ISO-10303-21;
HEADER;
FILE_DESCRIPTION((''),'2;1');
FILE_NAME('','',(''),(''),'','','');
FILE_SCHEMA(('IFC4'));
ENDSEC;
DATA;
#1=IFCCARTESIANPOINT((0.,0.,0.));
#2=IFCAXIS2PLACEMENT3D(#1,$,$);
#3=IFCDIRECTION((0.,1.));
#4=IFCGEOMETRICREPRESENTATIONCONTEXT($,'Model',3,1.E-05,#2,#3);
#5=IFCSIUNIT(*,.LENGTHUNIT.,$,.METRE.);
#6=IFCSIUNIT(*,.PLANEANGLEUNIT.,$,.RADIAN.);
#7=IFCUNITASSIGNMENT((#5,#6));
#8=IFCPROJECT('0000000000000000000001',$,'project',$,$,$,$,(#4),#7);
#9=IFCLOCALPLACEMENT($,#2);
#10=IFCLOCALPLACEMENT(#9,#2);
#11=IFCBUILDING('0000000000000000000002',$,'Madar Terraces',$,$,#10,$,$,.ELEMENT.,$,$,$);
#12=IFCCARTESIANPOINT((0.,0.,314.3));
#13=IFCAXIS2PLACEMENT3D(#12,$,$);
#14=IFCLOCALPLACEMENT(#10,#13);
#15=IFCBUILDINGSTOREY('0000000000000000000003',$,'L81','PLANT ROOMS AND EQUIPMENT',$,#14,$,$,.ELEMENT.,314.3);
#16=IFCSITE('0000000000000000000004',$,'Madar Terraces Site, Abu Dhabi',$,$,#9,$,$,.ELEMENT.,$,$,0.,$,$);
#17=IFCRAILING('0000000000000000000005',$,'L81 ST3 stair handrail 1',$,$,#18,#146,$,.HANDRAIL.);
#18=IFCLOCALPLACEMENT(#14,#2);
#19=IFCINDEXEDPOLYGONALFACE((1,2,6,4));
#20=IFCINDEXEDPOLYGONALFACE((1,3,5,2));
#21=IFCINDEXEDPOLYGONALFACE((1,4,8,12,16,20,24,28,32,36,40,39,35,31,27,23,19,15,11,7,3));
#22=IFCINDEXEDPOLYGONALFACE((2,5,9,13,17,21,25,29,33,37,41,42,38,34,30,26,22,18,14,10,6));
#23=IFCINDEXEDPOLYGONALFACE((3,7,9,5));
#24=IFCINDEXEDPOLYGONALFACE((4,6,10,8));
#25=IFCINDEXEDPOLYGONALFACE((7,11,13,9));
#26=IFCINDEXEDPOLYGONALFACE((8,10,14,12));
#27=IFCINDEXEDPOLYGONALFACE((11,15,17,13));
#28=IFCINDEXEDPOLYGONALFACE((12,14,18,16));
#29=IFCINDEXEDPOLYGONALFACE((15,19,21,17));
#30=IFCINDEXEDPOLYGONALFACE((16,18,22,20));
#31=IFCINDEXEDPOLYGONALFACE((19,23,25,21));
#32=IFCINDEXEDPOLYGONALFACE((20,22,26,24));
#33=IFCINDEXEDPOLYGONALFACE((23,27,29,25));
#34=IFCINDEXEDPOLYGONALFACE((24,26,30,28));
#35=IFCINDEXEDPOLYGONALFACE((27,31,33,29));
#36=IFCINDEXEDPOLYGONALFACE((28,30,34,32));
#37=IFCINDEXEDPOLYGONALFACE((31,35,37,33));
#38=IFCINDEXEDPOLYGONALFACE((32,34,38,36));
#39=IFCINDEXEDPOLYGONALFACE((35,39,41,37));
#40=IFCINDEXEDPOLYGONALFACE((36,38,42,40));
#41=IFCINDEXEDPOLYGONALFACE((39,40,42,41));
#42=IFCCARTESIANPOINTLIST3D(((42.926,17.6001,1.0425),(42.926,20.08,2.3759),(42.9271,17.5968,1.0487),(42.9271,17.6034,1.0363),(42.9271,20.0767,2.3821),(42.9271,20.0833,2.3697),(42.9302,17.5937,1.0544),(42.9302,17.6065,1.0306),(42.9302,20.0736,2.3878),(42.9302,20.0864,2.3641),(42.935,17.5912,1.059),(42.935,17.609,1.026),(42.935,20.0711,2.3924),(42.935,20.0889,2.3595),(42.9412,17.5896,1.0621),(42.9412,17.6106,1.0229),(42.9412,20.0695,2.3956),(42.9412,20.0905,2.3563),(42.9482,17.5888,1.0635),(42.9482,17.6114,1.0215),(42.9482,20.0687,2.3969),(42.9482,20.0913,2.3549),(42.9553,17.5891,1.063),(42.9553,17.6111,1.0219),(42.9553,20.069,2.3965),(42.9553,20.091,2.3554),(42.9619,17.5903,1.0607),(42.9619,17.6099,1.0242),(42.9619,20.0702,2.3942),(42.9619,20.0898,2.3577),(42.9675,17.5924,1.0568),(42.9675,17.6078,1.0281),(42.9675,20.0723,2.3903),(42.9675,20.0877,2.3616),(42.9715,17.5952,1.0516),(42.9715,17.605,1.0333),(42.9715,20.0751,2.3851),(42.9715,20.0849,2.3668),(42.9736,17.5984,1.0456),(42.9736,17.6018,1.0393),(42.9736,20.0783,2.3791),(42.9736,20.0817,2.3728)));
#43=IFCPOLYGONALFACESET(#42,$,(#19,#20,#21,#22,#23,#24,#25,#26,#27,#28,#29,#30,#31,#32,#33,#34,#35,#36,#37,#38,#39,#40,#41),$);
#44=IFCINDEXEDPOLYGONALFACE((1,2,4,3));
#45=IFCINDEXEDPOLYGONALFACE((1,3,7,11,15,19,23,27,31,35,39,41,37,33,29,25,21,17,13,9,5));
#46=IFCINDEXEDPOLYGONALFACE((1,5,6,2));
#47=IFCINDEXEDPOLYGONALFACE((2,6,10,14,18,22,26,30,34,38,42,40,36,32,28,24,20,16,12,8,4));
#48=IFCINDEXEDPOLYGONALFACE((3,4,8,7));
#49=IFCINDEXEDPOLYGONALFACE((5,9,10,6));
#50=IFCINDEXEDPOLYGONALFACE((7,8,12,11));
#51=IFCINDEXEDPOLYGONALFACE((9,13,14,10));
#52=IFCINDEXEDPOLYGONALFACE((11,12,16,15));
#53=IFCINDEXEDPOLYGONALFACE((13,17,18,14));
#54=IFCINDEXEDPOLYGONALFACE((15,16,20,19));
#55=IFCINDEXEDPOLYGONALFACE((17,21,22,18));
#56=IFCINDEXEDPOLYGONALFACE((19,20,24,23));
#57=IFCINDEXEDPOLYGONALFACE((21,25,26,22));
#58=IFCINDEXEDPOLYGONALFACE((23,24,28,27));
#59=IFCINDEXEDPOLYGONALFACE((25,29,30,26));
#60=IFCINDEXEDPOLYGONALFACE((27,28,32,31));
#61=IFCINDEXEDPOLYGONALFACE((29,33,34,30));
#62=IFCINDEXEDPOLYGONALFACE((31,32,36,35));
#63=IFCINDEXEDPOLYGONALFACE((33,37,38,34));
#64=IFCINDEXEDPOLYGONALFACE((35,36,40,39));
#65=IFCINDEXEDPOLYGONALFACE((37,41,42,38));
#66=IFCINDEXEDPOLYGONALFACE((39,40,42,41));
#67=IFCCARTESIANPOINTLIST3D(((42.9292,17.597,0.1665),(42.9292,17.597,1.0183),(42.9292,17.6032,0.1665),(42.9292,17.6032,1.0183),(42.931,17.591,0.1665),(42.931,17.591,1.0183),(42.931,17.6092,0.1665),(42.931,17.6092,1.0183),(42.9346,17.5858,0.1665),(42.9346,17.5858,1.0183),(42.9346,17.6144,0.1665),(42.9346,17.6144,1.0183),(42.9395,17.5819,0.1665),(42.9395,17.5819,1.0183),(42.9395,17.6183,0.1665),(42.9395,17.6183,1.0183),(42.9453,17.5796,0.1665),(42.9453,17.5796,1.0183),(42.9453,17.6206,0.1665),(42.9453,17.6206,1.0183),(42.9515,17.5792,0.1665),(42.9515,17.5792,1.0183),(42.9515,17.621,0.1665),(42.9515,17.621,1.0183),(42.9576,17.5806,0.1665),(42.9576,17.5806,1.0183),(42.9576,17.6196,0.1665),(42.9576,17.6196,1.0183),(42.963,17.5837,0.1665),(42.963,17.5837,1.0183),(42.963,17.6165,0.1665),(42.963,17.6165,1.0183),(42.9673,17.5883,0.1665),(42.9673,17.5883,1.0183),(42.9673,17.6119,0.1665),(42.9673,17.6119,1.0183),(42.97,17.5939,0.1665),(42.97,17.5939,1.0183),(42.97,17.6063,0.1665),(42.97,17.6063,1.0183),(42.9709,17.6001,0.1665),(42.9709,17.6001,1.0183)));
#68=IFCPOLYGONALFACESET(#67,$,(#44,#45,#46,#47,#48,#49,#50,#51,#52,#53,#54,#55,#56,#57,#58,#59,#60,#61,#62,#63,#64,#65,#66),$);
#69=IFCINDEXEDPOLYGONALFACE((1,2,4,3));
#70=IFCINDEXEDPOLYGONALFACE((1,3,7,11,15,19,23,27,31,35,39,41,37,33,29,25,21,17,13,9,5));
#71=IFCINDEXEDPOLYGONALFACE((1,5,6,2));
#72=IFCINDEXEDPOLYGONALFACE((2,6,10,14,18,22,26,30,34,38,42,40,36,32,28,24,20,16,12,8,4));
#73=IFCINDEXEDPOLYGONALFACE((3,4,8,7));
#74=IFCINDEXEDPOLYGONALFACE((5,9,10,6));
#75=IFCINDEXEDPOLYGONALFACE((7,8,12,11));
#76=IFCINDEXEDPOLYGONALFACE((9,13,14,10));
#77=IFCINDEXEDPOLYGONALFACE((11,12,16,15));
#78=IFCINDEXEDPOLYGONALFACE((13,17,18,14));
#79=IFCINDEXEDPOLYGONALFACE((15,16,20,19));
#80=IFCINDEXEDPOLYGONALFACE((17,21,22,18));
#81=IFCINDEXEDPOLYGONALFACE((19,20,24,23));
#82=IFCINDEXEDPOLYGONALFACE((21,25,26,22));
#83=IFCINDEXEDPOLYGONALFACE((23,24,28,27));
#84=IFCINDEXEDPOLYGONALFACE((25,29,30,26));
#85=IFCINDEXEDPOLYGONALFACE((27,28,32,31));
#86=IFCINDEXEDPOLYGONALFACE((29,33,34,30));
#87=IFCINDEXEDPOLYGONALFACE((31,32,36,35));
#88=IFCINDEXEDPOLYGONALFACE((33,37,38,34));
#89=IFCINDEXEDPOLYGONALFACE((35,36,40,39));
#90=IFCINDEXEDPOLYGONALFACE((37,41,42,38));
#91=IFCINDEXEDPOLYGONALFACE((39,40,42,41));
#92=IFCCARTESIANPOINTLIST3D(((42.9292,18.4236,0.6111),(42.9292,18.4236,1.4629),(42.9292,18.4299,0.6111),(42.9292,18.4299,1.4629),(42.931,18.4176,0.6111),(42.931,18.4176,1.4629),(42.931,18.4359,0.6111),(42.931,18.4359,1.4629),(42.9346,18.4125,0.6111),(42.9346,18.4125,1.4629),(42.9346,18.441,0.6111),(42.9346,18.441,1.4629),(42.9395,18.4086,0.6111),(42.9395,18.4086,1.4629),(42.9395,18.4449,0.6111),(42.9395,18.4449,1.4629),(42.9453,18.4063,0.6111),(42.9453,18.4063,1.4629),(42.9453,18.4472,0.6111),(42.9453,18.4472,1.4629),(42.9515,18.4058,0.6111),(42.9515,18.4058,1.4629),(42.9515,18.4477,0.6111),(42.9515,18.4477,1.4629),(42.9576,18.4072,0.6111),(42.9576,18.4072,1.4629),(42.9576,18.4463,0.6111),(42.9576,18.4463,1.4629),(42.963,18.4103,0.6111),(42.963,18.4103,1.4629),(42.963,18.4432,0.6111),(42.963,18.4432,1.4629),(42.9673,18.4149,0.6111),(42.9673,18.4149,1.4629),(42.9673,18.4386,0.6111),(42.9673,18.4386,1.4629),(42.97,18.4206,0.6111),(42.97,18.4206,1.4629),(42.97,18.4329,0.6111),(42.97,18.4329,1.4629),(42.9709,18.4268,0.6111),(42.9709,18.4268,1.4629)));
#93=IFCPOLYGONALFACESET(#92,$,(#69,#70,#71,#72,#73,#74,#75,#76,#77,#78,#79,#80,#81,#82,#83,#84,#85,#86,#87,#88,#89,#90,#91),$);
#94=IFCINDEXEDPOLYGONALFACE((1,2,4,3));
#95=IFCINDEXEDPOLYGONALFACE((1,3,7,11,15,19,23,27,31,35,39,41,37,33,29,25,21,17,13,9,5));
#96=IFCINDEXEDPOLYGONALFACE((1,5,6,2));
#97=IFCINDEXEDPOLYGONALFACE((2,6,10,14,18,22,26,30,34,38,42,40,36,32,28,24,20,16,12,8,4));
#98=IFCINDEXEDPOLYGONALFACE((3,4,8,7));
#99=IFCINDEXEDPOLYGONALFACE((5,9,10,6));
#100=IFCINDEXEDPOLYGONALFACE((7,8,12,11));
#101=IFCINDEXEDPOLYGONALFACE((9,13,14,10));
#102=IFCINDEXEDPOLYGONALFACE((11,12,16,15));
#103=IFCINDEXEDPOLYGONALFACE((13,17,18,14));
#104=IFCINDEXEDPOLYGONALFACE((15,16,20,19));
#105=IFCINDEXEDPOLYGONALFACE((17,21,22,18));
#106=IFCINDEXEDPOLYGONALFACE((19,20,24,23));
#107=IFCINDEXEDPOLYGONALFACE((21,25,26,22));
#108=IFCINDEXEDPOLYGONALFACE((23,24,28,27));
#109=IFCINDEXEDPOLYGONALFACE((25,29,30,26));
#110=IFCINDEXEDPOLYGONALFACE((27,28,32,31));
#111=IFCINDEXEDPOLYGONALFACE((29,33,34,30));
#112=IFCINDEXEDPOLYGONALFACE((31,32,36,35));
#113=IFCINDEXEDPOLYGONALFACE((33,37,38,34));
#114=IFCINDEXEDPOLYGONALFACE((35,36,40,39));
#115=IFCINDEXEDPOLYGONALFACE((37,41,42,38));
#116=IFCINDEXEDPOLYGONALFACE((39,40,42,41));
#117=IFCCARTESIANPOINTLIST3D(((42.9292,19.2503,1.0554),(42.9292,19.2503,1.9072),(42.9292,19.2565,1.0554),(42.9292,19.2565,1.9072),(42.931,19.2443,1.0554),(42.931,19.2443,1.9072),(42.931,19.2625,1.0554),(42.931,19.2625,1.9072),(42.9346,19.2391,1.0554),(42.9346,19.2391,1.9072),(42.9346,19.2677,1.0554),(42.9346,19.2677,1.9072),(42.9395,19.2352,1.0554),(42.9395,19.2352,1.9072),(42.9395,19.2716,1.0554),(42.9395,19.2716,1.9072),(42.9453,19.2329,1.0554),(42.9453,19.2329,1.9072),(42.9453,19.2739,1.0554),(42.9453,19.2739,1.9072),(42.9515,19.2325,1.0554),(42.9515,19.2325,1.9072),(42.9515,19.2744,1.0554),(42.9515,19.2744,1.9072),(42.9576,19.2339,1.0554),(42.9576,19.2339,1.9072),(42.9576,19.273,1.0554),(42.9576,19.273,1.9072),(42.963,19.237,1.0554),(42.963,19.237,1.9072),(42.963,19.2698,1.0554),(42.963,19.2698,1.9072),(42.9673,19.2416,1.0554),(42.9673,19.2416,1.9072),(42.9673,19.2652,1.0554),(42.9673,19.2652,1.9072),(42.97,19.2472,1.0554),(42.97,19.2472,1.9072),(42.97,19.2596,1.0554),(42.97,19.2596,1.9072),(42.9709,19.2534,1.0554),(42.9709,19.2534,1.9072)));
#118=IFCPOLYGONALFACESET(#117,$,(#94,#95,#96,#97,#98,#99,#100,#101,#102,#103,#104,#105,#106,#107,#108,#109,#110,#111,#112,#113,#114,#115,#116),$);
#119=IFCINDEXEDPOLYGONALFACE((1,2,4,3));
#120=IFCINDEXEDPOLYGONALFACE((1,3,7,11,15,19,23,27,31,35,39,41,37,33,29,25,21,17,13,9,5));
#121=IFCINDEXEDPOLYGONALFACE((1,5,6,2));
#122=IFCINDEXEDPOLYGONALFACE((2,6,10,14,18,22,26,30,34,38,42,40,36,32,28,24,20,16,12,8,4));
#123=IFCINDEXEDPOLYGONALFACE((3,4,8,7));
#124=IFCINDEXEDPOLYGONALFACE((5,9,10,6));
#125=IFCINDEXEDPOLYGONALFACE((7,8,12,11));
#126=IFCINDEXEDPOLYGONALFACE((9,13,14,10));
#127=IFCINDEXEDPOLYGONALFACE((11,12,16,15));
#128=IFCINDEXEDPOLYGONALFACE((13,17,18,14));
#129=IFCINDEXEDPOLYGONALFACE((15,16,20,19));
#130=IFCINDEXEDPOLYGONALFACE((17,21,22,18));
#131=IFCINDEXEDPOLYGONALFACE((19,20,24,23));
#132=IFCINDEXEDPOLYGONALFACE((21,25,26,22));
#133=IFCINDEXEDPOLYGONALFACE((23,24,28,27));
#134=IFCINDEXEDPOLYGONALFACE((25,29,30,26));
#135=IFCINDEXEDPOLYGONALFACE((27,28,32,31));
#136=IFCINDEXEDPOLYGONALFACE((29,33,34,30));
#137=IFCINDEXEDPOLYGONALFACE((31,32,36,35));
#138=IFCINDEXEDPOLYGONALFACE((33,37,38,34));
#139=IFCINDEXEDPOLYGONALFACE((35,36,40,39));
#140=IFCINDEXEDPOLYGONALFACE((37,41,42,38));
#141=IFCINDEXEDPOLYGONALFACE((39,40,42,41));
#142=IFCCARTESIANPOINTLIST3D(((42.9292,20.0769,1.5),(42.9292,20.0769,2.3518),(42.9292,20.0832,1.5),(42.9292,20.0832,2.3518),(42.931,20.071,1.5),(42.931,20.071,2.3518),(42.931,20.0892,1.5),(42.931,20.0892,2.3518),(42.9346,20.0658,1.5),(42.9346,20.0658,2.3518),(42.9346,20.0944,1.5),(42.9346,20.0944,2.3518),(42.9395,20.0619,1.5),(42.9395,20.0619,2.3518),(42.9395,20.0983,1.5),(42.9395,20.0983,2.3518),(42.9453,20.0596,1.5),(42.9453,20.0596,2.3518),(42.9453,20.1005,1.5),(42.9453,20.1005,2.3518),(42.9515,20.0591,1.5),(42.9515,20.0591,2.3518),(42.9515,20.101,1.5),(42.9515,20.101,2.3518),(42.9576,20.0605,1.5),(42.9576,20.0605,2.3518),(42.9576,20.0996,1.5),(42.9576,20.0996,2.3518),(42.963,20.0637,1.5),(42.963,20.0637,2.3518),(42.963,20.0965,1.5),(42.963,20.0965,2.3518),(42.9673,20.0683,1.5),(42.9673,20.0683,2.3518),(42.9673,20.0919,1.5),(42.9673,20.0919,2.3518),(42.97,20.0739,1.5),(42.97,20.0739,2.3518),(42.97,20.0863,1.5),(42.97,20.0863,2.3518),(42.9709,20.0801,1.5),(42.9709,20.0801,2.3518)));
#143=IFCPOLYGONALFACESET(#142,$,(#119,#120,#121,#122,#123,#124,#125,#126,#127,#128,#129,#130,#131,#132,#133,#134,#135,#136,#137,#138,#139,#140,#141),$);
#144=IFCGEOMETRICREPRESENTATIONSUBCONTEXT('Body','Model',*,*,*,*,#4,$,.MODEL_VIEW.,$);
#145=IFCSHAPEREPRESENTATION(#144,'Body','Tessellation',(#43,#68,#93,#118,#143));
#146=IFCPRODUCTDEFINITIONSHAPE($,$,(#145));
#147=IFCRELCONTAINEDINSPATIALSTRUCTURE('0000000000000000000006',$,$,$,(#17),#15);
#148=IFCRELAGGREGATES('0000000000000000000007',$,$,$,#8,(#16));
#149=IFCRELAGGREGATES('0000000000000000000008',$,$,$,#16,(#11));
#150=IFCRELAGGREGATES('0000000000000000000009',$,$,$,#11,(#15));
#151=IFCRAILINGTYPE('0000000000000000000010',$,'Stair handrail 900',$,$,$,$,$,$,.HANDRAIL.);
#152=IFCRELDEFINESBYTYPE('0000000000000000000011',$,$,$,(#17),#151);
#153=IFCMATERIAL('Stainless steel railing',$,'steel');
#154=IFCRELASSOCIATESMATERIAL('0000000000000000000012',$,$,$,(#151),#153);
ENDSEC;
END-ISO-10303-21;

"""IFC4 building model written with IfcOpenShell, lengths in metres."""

from ifc_helpers import new_model, si_unit, direction, frame, origin, origin_2d, place, context, subcontext, project, spatial, circle, extrude, material, type_object, element, save


model = new_model("IFC4")

# Units and contexts
model_context = context("Model", 3, precision=1e-05, world=origin(), true_north=direction((0.0, 1.0)))
body_context = subcontext(model_context, "Body", "Model", "MODEL_VIEW")
ifc_project = project(units=[si_unit("LENGTHUNIT", "METRE"), si_unit("PLANEANGLEUNIT", "RADIAN")], contexts=[model_context])

# Site, building, storey
site_placement = place(None, origin())
site = spatial("IfcSite", under=ifc_project, at=site_placement, Name="Madar Terraces Site, Abu Dhabi", CompositionType="ELEMENT", RefElevation=0.0)
building_placement = place(site_placement, origin())
building = spatial("IfcBuilding", under=site, at=building_placement, Name="Madar Terraces", CompositionType="ELEMENT")
storey_placement = place(building_placement, frame((0.0, 0.0, 314.3)))
storey = spatial("IfcBuildingStorey", under=building, at=storey_placement, Name="L81", Description="PLANT ROOMS AND EQUIPMENT", CompositionType="ELEMENT", Elevation=314.3)

# Railing
ifc_material_1 = material(Name="Stainless steel railing", Category="steel")
railing_type_1 = type_object("IfcRailingType", Name="Stair handrail 900", PredefinedType="HANDRAIL", material=ifc_material_1)
railing_1_placement = place(storey_placement, frame((42.95, 17.6001, 0.1665)))
element("IfcRailing", 1, at=railing_1_placement, inside=storey, type_object=railing_type_1, Name="L81 ST3 stair handrail 1", PredefinedType="HANDRAIL", context=body_context, shape_type="SweptSolid", body=[
    extrude(circle(Radius=0.0239, at=origin_2d()), frame((0.0, 0.0, 0.876), z_axis=(0.0, 0.880749, 0.473583), x_axis=(-1.0, 0.0, 0.0)), (0.0, 0.0, 1.0), 2.8157),
    extrude(circle(Radius=0.021, at=origin_2d()), origin(), (0.0, 0.0, 1.0), 0.8518),
    extrude(circle(Radius=0.021, at=origin_2d()), frame((0.0, 0.8267, 0.4446)), (0.0, 0.0, 1.0), 0.8518),
    extrude(circle(Radius=0.021, at=origin_2d()), frame((0.0, 1.6533, 0.8889)), (0.0, 0.0, 1.0), 0.8518),
    extrude(circle(Radius=0.021, at=origin_2d()), frame((0.0, 2.48, 1.3335)), (0.0, 0.0, 1.0), 0.8518),
])

save(model, "model.ifc")
